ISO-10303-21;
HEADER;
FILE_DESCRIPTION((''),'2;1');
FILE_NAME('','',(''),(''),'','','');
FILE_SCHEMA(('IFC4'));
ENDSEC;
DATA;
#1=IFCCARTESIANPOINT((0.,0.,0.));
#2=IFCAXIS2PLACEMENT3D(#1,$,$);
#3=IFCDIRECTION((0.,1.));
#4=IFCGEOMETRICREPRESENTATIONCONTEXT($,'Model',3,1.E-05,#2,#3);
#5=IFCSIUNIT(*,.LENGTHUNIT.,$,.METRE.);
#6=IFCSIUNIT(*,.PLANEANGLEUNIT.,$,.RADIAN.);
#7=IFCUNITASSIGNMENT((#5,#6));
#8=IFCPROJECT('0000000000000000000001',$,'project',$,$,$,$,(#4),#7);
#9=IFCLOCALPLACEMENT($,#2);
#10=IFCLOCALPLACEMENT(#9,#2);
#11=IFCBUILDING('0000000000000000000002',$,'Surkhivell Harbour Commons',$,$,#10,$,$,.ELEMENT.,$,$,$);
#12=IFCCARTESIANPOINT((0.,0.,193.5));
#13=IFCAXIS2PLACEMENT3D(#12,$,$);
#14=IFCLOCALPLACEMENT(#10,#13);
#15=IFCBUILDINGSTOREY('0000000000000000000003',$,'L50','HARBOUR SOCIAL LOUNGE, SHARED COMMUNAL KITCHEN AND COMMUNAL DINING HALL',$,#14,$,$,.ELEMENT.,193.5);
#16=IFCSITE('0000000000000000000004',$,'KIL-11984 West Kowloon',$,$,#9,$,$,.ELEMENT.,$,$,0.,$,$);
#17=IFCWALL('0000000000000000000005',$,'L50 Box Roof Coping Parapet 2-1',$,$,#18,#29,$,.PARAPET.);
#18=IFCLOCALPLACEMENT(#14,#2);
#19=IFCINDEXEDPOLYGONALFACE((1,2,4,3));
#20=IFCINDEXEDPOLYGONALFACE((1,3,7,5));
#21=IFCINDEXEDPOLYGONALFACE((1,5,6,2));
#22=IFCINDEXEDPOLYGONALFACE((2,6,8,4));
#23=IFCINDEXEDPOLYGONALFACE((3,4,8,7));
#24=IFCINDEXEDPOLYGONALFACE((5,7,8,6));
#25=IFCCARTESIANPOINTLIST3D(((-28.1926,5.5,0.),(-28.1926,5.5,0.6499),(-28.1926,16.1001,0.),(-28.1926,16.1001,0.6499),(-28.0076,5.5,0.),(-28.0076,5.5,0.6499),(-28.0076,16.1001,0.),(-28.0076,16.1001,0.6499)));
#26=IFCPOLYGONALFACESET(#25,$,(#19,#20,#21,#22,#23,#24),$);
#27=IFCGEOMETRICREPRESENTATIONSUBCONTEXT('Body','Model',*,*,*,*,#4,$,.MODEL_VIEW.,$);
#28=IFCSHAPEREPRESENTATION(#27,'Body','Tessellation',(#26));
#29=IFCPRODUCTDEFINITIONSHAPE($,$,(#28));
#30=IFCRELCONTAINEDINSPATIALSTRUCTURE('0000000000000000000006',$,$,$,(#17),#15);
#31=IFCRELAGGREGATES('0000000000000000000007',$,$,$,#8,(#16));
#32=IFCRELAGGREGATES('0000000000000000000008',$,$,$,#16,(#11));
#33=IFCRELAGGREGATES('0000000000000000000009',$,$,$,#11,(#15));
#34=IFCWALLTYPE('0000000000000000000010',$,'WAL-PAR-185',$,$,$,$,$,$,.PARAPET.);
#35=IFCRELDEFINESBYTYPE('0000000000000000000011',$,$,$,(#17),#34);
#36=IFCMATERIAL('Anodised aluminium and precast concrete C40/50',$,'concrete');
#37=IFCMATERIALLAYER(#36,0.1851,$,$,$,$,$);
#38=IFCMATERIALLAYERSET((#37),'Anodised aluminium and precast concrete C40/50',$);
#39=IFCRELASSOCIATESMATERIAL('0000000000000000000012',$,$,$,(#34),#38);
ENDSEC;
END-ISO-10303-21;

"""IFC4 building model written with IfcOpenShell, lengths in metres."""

from ifc_helpers import new_model, si_unit, direction, frame, frame_2d, origin, place, context, subcontext, project, spatial, rectangle, extrude, material, layer, layer_set, type_object, element, save


model = new_model("IFC4")

# Units and contexts
model_context = context("Model", 3, precision=1e-05, world=origin(), true_north=direction((0.0, 1.0)))
body_context = subcontext(model_context, "Body", "Model", "MODEL_VIEW")
ifc_project = project(units=[si_unit("LENGTHUNIT", "METRE"), si_unit("PLANEANGLEUNIT", "RADIAN")], contexts=[model_context])

# Site, building, storey
site_placement = place(None, origin())
site = spatial("IfcSite", under=ifc_project, at=site_placement, Name="KIL-11984 West Kowloon", CompositionType="ELEMENT", RefElevation=0.0)
building_placement = place(site_placement, origin())
building = spatial("IfcBuilding", under=site, at=building_placement, Name="Surkhivell Harbour Commons", CompositionType="ELEMENT")
storey_placement = place(building_placement, frame((0.0, 0.0, 193.5)))
storey = spatial("IfcBuildingStorey", under=building, at=storey_placement, Name="L50", Description="HARBOUR SOCIAL LOUNGE, SHARED COMMUNAL KITCHEN AND COMMUNAL DINING HALL", CompositionType="ELEMENT", Elevation=193.5)

# Wall
ifc_material_1 = material(Name="Anodised aluminium and precast concrete C40/50", Category="concrete")
ifc_layer_1 = layer(ifc_material_1, 0.1851)
ifc_layer_set_1 = layer_set([ifc_layer_1], Name="Anodised aluminium and precast concrete C40/50")
wall_type_1 = type_object("IfcWallType", Name="WAL-PAR-185", PredefinedType="PARAPET", material=ifc_layer_set_1)
wall_1_placement = place(storey_placement, frame((-28.1001, 16.1001, 0.0), z_axis=(0.0, 0.0, 1.0), x_axis=(0.0, -1.0, 0.0)))
element("IfcWall", 1, at=wall_1_placement, inside=storey, type_object=wall_type_1, Name="L50 Box Roof Coping Parapet 2-1", PredefinedType="PARAPET", context=body_context, shape_type="SweptSolid", body=[
    extrude(rectangle(XDim=10.6001, YDim=0.1851, at=frame_2d((5.3, 0.0))), origin(), (0.0, 0.0, 1.0), 0.6499),
])

save(model, "model.ifc")
